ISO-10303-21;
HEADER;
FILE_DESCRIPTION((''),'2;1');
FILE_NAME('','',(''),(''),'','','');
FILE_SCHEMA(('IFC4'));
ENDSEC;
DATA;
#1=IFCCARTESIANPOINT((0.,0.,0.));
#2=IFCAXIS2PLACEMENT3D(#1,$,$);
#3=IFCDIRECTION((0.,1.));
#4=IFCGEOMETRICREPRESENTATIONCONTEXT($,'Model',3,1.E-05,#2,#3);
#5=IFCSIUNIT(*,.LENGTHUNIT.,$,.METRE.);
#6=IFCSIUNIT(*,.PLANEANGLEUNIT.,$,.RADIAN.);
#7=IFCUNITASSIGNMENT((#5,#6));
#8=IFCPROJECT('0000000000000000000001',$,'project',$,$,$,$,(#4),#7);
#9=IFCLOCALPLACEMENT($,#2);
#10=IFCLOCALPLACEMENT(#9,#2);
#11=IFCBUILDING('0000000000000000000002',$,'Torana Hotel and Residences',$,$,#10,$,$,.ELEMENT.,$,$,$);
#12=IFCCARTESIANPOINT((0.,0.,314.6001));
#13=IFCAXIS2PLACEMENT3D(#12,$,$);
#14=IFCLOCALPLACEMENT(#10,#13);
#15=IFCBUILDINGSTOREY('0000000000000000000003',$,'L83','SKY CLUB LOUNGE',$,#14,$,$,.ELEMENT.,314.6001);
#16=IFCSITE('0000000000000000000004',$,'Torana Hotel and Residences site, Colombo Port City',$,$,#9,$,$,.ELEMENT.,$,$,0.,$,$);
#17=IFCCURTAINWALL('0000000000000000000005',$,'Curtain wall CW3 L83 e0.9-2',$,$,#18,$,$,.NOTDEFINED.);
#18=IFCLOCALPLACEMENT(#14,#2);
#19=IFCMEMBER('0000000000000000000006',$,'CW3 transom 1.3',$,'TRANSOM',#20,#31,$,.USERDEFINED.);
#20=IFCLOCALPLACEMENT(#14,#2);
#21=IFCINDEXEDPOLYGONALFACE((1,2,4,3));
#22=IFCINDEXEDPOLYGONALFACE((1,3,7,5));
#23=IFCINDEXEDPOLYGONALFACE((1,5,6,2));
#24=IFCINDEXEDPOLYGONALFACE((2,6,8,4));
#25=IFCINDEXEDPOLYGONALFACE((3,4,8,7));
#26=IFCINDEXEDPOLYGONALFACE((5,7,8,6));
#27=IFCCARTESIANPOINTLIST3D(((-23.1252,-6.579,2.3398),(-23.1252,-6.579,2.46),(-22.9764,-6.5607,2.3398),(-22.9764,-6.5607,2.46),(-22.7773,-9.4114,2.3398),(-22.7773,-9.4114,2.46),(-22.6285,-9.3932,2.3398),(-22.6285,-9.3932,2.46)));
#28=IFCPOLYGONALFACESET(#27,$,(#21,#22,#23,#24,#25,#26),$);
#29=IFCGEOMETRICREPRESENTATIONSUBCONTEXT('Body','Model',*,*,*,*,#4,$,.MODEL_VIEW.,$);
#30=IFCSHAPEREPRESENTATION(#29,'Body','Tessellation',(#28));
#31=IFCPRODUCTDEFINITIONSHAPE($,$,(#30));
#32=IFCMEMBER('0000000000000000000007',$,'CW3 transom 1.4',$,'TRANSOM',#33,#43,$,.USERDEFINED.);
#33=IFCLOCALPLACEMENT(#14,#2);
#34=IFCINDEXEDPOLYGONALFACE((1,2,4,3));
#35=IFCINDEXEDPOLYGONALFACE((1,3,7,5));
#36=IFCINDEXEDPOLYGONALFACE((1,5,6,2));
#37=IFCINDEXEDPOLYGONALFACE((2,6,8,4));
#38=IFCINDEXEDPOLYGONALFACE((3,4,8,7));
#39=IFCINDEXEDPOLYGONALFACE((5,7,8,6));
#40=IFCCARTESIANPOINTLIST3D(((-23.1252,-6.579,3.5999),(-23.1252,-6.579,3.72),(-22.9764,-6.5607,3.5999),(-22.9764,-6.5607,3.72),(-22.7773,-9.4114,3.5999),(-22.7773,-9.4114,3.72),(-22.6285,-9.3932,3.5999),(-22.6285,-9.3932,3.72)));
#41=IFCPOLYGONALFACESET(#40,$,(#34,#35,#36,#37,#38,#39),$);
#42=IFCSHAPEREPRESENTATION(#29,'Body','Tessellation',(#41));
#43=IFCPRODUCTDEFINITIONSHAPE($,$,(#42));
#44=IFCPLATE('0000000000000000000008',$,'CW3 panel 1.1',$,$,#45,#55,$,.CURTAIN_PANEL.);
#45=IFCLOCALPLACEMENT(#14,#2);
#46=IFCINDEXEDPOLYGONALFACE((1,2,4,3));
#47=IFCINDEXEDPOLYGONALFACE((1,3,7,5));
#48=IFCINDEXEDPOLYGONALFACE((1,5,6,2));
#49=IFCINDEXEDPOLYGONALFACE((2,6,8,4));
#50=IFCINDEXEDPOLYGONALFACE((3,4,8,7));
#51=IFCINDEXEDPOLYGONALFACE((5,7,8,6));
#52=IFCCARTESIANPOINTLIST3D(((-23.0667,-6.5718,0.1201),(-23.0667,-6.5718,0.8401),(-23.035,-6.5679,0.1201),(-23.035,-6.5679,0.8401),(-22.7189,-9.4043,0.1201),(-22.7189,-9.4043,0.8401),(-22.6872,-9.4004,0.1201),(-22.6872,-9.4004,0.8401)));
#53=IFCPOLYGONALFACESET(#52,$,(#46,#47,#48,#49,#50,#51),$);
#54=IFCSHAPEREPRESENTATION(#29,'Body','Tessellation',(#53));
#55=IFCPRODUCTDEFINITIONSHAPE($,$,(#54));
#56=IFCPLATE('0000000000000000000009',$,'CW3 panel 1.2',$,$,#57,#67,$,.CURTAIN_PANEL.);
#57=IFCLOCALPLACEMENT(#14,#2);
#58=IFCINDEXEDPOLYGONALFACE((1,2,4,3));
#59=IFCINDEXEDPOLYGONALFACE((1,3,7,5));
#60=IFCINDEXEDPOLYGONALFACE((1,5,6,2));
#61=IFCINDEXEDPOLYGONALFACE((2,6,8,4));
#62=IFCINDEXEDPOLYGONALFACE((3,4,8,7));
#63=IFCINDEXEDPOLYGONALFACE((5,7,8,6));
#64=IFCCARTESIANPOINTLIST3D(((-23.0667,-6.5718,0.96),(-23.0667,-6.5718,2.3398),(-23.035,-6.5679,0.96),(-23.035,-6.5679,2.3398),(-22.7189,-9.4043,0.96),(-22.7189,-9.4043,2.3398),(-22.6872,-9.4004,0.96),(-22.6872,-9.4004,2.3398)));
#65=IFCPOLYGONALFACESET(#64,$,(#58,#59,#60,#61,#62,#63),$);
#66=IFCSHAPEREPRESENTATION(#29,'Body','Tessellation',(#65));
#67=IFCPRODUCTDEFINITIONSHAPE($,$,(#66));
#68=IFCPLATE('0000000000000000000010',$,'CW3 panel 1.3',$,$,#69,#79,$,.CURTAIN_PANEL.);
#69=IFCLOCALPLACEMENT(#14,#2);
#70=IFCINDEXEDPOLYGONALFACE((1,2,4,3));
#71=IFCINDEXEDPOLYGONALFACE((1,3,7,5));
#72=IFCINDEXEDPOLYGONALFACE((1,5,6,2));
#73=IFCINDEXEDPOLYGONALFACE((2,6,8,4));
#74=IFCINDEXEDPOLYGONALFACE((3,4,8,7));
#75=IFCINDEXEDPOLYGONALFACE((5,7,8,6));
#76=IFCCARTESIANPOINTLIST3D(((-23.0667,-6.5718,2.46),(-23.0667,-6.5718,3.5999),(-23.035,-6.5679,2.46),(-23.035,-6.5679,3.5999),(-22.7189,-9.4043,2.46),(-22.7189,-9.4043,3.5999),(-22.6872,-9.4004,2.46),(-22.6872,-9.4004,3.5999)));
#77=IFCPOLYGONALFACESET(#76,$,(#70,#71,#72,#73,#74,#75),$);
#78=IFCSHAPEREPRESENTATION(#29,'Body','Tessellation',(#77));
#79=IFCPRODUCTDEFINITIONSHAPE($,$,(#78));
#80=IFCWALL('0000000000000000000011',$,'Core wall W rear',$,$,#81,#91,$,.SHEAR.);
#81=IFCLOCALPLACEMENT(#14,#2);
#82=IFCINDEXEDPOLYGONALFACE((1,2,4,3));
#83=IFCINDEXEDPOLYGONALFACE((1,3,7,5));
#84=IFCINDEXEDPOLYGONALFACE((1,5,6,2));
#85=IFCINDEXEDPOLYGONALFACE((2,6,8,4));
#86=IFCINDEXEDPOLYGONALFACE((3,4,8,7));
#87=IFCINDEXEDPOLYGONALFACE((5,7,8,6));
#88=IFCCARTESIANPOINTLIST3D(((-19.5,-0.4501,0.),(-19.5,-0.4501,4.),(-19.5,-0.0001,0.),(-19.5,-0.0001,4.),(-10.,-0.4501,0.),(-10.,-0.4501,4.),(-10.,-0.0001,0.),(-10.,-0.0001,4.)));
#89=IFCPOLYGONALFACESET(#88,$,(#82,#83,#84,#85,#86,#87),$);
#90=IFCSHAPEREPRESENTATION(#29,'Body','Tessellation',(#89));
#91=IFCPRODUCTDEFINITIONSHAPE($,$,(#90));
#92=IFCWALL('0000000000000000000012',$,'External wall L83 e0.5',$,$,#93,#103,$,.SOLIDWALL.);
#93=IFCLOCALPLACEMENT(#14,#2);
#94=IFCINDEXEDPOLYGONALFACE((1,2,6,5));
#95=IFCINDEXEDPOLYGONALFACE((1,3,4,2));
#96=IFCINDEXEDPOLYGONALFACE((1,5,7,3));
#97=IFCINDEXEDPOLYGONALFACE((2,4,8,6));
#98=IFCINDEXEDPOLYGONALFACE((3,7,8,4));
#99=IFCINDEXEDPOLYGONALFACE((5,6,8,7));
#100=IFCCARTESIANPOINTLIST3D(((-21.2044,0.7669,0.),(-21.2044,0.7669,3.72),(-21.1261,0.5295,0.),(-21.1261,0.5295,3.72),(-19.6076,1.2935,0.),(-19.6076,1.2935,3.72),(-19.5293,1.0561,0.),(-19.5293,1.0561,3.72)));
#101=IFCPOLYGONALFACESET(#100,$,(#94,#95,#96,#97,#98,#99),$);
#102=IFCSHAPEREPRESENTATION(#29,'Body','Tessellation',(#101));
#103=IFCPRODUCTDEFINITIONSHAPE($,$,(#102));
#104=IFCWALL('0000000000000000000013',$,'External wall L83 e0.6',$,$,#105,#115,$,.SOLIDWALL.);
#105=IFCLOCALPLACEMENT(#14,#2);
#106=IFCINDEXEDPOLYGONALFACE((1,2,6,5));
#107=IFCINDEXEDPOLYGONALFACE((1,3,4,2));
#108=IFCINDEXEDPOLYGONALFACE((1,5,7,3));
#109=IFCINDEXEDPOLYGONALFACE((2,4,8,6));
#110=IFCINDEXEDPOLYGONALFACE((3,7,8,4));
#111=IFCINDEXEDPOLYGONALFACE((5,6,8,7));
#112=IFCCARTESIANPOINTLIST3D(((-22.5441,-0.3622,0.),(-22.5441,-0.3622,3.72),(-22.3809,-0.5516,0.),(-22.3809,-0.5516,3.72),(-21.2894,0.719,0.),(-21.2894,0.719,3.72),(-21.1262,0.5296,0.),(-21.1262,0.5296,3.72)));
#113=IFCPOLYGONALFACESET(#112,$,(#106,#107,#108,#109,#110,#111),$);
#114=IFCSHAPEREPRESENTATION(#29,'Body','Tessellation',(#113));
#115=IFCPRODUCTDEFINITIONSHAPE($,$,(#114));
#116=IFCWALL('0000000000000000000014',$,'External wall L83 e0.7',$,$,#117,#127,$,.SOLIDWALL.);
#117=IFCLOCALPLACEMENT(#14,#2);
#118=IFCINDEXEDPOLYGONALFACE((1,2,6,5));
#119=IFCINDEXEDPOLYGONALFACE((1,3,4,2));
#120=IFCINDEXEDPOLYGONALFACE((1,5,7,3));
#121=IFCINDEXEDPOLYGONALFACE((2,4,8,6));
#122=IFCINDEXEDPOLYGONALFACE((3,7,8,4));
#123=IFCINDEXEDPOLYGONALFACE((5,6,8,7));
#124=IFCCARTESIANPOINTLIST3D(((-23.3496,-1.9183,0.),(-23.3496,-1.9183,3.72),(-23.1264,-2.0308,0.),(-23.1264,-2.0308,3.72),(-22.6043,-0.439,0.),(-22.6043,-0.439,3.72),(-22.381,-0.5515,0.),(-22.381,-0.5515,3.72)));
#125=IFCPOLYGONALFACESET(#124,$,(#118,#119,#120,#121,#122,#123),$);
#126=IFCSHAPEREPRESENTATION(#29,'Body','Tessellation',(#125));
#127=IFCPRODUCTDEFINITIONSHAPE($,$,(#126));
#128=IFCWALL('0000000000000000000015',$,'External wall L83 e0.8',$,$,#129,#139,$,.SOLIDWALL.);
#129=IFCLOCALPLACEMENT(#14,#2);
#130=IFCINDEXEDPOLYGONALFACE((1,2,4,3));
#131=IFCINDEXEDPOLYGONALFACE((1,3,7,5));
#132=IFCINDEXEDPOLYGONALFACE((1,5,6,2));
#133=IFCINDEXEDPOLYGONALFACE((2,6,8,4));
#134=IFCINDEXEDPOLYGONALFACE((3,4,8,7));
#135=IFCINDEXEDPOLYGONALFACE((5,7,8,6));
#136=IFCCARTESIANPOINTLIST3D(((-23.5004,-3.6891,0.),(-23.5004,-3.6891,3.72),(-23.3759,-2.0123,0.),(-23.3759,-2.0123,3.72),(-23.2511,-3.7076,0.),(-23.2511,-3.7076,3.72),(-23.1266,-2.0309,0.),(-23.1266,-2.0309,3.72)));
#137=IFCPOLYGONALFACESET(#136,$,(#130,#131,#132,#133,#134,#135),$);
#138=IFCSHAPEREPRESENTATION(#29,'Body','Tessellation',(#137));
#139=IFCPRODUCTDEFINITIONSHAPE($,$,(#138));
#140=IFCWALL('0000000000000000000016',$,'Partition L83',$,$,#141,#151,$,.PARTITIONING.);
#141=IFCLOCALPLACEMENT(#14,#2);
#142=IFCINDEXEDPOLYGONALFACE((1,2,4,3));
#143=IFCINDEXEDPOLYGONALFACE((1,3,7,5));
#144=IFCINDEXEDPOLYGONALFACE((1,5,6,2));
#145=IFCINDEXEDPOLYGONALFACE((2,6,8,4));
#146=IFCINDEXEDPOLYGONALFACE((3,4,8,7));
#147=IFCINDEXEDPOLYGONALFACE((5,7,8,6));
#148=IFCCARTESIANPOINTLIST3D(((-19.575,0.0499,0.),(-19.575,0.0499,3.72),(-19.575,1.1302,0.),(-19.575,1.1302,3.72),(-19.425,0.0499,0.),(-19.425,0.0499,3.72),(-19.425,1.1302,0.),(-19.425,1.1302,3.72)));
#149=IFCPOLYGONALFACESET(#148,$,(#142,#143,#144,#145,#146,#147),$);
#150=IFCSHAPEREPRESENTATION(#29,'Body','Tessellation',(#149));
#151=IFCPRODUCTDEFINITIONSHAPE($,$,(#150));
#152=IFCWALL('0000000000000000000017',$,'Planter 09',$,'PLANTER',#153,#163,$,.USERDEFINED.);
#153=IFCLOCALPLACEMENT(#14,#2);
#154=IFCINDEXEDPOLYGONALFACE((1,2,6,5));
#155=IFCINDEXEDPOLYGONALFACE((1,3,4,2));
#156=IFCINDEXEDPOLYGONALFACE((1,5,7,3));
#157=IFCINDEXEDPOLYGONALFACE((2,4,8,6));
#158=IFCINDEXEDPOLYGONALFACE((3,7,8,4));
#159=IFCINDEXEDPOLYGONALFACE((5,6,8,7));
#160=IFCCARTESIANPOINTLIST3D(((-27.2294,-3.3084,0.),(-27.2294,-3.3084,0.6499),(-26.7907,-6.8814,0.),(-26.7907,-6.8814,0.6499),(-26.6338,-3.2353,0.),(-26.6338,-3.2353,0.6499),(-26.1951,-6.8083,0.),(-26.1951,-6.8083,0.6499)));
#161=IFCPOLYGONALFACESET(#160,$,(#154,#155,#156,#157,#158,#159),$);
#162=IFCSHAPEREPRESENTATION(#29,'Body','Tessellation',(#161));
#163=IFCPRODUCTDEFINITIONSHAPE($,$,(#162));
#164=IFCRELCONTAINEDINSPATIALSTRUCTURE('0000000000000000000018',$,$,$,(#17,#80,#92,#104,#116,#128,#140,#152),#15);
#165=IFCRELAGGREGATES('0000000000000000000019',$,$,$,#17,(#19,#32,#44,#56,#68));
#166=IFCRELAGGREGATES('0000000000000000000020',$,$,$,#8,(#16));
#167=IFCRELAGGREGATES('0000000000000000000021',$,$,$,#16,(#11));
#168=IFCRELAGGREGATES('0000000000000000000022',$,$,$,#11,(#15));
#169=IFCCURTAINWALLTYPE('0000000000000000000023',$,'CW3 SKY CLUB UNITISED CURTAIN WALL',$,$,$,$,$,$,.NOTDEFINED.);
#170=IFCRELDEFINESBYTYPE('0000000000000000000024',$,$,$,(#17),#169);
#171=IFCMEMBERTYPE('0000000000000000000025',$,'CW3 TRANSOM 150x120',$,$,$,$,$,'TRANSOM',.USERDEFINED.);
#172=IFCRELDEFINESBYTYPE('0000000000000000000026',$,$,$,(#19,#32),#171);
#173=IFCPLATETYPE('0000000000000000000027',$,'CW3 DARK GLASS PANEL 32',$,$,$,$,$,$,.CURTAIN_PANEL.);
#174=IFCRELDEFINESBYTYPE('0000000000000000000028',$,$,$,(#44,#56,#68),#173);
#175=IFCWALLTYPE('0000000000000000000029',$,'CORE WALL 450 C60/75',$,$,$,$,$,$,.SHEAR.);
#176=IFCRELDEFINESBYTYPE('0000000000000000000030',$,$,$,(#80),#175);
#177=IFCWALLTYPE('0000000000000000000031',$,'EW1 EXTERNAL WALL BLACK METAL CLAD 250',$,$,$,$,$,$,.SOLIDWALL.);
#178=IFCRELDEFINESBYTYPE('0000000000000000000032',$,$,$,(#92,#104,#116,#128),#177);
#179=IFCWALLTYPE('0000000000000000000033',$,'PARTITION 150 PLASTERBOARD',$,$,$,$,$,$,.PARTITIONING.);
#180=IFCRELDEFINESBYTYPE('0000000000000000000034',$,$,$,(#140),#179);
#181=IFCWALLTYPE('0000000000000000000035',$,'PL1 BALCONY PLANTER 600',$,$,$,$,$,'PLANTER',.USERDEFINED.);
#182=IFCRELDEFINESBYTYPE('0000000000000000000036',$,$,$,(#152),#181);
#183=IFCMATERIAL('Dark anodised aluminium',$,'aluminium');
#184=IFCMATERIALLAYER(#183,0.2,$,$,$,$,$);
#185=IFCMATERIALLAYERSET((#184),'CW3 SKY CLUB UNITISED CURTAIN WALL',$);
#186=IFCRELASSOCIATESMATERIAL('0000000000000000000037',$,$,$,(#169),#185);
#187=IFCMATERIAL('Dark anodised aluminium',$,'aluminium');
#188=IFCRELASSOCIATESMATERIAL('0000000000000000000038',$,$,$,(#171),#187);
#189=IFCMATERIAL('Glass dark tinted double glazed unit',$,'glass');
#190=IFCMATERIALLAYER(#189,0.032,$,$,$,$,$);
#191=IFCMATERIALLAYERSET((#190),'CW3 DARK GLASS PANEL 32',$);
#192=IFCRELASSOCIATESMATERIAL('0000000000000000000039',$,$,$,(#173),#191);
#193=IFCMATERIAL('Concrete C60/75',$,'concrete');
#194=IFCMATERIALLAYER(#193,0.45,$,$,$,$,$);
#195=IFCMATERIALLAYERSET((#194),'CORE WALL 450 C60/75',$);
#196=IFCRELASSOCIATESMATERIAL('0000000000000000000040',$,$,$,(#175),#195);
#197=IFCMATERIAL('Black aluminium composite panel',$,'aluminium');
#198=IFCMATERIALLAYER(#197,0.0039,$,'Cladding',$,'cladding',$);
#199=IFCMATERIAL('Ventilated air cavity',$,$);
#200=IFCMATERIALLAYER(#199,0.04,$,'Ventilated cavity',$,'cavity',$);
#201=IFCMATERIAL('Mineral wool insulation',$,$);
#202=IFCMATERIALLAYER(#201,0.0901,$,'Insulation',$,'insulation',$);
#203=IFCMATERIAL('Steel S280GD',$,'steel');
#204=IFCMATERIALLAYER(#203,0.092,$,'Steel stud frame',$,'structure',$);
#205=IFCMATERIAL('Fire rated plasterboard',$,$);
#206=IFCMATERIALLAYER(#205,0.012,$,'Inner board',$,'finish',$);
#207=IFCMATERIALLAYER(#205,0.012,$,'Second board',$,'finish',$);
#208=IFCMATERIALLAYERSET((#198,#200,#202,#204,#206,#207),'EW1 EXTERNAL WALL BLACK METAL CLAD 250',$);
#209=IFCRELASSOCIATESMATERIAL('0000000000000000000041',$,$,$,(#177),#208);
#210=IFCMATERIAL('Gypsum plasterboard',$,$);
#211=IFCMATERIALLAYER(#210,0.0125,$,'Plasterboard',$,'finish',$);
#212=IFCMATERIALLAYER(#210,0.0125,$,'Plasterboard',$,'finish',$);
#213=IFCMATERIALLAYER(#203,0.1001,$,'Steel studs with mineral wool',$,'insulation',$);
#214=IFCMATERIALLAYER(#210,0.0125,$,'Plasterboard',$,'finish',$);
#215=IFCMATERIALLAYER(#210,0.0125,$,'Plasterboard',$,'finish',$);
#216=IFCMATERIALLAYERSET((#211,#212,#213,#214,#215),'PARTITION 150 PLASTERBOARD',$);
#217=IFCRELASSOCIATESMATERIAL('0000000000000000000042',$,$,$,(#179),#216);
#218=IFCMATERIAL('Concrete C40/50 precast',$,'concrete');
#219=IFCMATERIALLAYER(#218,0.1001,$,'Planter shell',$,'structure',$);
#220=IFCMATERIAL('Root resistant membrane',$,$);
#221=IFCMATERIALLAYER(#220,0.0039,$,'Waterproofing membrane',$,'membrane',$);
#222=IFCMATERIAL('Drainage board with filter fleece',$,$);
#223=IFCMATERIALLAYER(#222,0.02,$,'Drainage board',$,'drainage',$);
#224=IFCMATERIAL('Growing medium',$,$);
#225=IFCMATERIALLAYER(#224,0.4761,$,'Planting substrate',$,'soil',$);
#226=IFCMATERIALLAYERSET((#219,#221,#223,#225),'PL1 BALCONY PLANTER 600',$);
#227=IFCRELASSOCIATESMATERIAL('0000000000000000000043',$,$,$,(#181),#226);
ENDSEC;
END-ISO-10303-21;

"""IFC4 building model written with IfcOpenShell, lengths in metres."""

from ifc_helpers import new_model, si_unit, direction, frame, frame_2d, origin, origin_2d, place, context, subcontext, project, spatial, rectangle, extrude, material, layer, layer_set, material_profile, profile_set, type_object, element, aggregate, save


model = new_model("IFC4")

# Units and contexts
model_context = context("Model", 3, precision=1e-05, world=origin(), true_north=direction((0.0, 1.0)))
body_context = subcontext(model_context, "Body", "Model", "MODEL_VIEW")
ifc_project = project(units=[si_unit("LENGTHUNIT", "METRE"), si_unit("PLANEANGLEUNIT", "RADIAN")], contexts=[model_context])

# Site, building, storey
site_placement = place(None, origin())
site = spatial("IfcSite", under=ifc_project, at=site_placement, Name="Torana Hotel and Residences site, Colombo Port City", CompositionType="ELEMENT", RefElevation=0.0)
building_placement = place(site_placement, origin())
building = spatial("IfcBuilding", under=site, at=building_placement, Name="Torana Hotel and Residences", CompositionType="ELEMENT")
storey_placement = place(building_placement, frame((0.0, 0.0, 314.6001)))
storey = spatial("IfcBuildingStorey", under=building, at=storey_placement, Name="L83", Description="SKY CLUB LOUNGE", CompositionType="ELEMENT", Elevation=314.6001)

# Curtain wall, members, plates
ifc_material_1 = material(Name="Dark anodised aluminium", Category="aluminium")
ifc_layer_1 = layer(ifc_material_1, 0.2)
ifc_layer_set_1 = layer_set([ifc_layer_1], Name="CW3 SKY CLUB UNITISED CURTAIN WALL")
curtain_wall_type = type_object("IfcCurtainWallType", Name="CW3 SKY CLUB UNITISED CURTAIN WALL", PredefinedType="NOTDEFINED", material=ifc_layer_set_1)
curtain_wall_placement = place(storey_placement, origin())
curtain_wall = element("IfcCurtainWall", 1, at=curtain_wall_placement, inside=storey, type_object=curtain_wall_type, Name="Curtain wall CW3 L83 e0.9-2", PredefinedType="NOTDEFINED")
ifc_material_2 = material(Name="Dark anodised aluminium", Category="aluminium")
ifc_material_profile_1 = material_profile(ifc_material_2, rectangle(XDim=0.1499, YDim=0.1201, at=origin_2d()), Name="CW3 TRANSOM 150x120")
ifc_profile_set_1 = profile_set([ifc_material_profile_1], Name="Dark anodised aluminium")
member_type_1 = type_object("IfcMemberType", Name="CW3 TRANSOM 150x120", ElementType="TRANSOM", PredefinedType="USERDEFINED", material=ifc_profile_set_1)
member_1_placement = place(storey_placement, frame((-23.0508, -6.5698, 2.3999), z_axis=(0.121908, -0.992541, 0.0), x_axis=(0.992541, 0.121908, 0.0)))
member_1 = element("IfcMember", 2, at=member_1_placement, type_object=member_type_1, Name="CW3 transom 1.3", ObjectType="TRANSOM", PredefinedType="USERDEFINED", context=body_context, shape_type="SweptSolid", body=[
    extrude(rectangle(XDim=0.1499, YDim=0.1201, at=origin_2d()), origin(), (0.0, 0.0, 1.0), 2.8538),
])
member_2_placement = place(storey_placement, frame((-23.0508, -6.5698, 3.6599), z_axis=(0.121908, -0.992541, 0.0), x_axis=(0.992541, 0.121908, 0.0)))
member_2 = element("IfcMember", 3, at=member_2_placement, type_object=member_type_1, Name="CW3 transom 1.4", ObjectType="TRANSOM", PredefinedType="USERDEFINED", context=body_context, shape_type="SweptSolid", body=[
    extrude(rectangle(XDim=0.1499, YDim=0.1201, at=origin_2d()), origin(), (0.0, 0.0, 1.0), 2.8538),
])
ifc_material_3 = material(Name="Glass dark tinted double glazed unit", Category="glass")
ifc_layer_2 = layer(ifc_material_3, 0.032)
ifc_layer_set_2 = layer_set([ifc_layer_2], Name="CW3 DARK GLASS PANEL 32")
plate_type = type_object("IfcPlateType", Name="CW3 DARK GLASS PANEL 32", PredefinedType="CURTAIN_PANEL", material=ifc_layer_set_2)
plate_1_placement = place(storey_placement, frame((-22.877, -7.9861, 0.1201), z_axis=(0.0, 0.0, 1.0), x_axis=(0.121876, -0.992545, 0.0)))
plate_1 = element("IfcPlate", 4, at=plate_1_placement, type_object=plate_type, Name="CW3 panel 1.1", PredefinedType="CURTAIN_PANEL", context=body_context, shape_type="SweptSolid", body=[
    extrude(rectangle(XDim=2.8538, YDim=0.032, at=origin_2d()), origin(), (0.0, 0.0, 1.0), 0.72),
])
plate_2_placement = place(storey_placement, frame((-22.877, -7.9861, 0.96), z_axis=(0.0, 0.0, 1.0), x_axis=(0.121876, -0.992545, 0.0)))
plate_2 = element("IfcPlate", 5, at=plate_2_placement, type_object=plate_type, Name="CW3 panel 1.2", PredefinedType="CURTAIN_PANEL", context=body_context, shape_type="SweptSolid", body=[
    extrude(rectangle(XDim=2.8538, YDim=0.032, at=origin_2d()), origin(), (0.0, 0.0, 1.0), 1.3799),
])
plate_3_placement = place(storey_placement, frame((-22.877, -7.9861, 2.46), z_axis=(0.0, 0.0, 1.0), x_axis=(0.121876, -0.992545, 0.0)))
plate_3 = element("IfcPlate", 6, at=plate_3_placement, type_object=plate_type, Name="CW3 panel 1.3", PredefinedType="CURTAIN_PANEL", context=body_context, shape_type="SweptSolid", body=[
    extrude(rectangle(XDim=2.8538, YDim=0.032, at=origin_2d()), origin(), (0.0, 0.0, 1.0), 1.1399),
])
aggregate(curtain_wall, [member_1, member_2, plate_1, plate_2, plate_3])

# Walls
ifc_material_4 = material(Name="Concrete C60/75", Category="concrete")
ifc_layer_3 = layer(ifc_material_4, 0.45)
ifc_layer_set_3 = layer_set([ifc_layer_3], Name="CORE WALL 450 C60/75")
wall_type_1 = type_object("IfcWallType", Name="CORE WALL 450 C60/75", PredefinedType="SHEAR", material=ifc_layer_set_3)
wall_1_placement = place(storey_placement, frame((-19.5, -0.2251, 0.0), z_axis=(0.0, 0.0, 1.0), x_axis=(1.0, 0.0, 0.0)))
element("IfcWall", 7, at=wall_1_placement, inside=storey, type_object=wall_type_1, Name="Core wall W rear", PredefinedType="SHEAR", context=body_context, shape_type="SweptSolid", body=[
    extrude(rectangle(XDim=9.5, YDim=0.45, at=frame_2d((4.75, 0.0))), origin(), (0.0, 0.0, 1.0), 4.0),
])
ifc_material_5 = material(Name="Black aluminium composite panel", Category="aluminium")
ifc_layer_4 = layer(ifc_material_5, 0.0039, Name="Cladding", Category="cladding")
ifc_material_6 = material(Name="Ventilated air cavity")
ifc_layer_5 = layer(ifc_material_6, 0.04, Name="Ventilated cavity", Category="cavity")
ifc_material_7 = material(Name="Mineral wool insulation")
ifc_layer_6 = layer(ifc_material_7, 0.0901, Name="Insulation", Category="insulation")
ifc_material_8 = material(Name="Steel S280GD", Category="steel")
ifc_layer_7 = layer(ifc_material_8, 0.092, Name="Steel stud frame", Category="structure")
ifc_material_9 = material(Name="Fire rated plasterboard")
ifc_layer_8 = layer(ifc_material_9, 0.012, Name="Inner board", Category="finish")
ifc_layer_9 = layer(ifc_material_9, 0.012, Name="Second board", Category="finish")
ifc_layer_set_4 = layer_set([ifc_layer_4, ifc_layer_5, ifc_layer_6, ifc_layer_7, ifc_layer_8, ifc_layer_9], Name="EW1 EXTERNAL WALL BLACK METAL CLAD 250")
wall_type_2 = type_object("IfcWallType", Name="EW1 EXTERNAL WALL BLACK METAL CLAD 250", PredefinedType="SOLIDWALL", material=ifc_layer_set_4)
wall_2_placement = place(storey_placement, frame((-19.5684, 1.1748, 0.0), z_axis=(0.0, 0.0, 1.0), x_axis=(-0.949695, -0.313177, 0.0)))
element("IfcWall", 8, at=wall_2_placement, inside=storey, type_object=wall_type_2, Name="External wall L83 e0.5", PredefinedType="SOLIDWALL", context=body_context, shape_type="SweptSolid", body=[
    extrude(rectangle(XDim=1.6814, YDim=0.25, at=frame_2d((0.8408, 0.0))), origin(), (0.0, 0.0, 1.0), 3.72),
])
wall_3_placement = place(storey_placement, frame((-21.2078, 0.6243, 0.0), z_axis=(0.0, 0.0, 1.0), x_axis=(-0.757568, -0.652756, 0.0)))
element("IfcWall", 9, at=wall_3_placement, inside=storey, type_object=wall_type_2, Name="External wall L83 e0.6", PredefinedType="SOLIDWALL", context=body_context, shape_type="SweptSolid", body=[
    extrude(rectangle(XDim=1.6562, YDim=0.25, at=frame_2d((0.8281, 0.0))), origin(), (0.0, 0.0, 1.0), 3.72),
])
wall_4_placement = place(storey_placement, frame((-22.4927, -0.4954, 0.0), z_axis=(0.0, 0.0, 1.0), x_axis=(-0.449982, -0.893037, 0.0)))
element("IfcWall", 10, at=wall_4_placement, inside=storey, type_object=wall_type_2, Name="External wall L83 e0.7", PredefinedType="SOLIDWALL", context=body_context, shape_type="SweptSolid", body=[
    extrude(rectangle(XDim=1.6565, YDim=0.25, at=frame_2d((0.8281, 0.0))), origin(), (0.0, 0.0, 1.0), 3.72),
])
wall_5_placement = place(storey_placement, frame((-23.2512, -2.0215, 0.0), z_axis=(0.0, 0.0, 1.0), x_axis=(-0.074054, -0.997254, 0.0)))
element("IfcWall", 11, at=wall_5_placement, inside=storey, type_object=wall_type_2, Name="External wall L83 e0.8", PredefinedType="SOLIDWALL", context=body_context, shape_type="SweptSolid", body=[
    extrude(rectangle(XDim=1.6814, YDim=0.25, at=frame_2d((0.8408, 0.0))), origin(), (0.0, 0.0, 1.0), 3.72),
])

# Walls
ifc_material_10 = material(Name="Gypsum plasterboard")
ifc_layer_10 = layer(ifc_material_10, 0.0125, Name="Plasterboard", Category="finish")
ifc_layer_11 = layer(ifc_material_10, 0.0125, Name="Plasterboard", Category="finish")
ifc_layer_12 = layer(ifc_material_8, 0.1001, Name="Steel studs with mineral wool", Category="insulation")
ifc_layer_13 = layer(ifc_material_10, 0.0125, Name="Plasterboard", Category="finish")
ifc_layer_14 = layer(ifc_material_10, 0.0125, Name="Plasterboard", Category="finish")
ifc_layer_set_5 = layer_set([ifc_layer_10, ifc_layer_11, ifc_layer_12, ifc_layer_13, ifc_layer_14], Name="PARTITION 150 PLASTERBOARD")
wall_type_3 = type_object("IfcWallType", Name="PARTITION 150 PLASTERBOARD", PredefinedType="PARTITIONING", material=ifc_layer_set_5)
wall_6_placement = place(storey_placement, frame((-19.5, 0.05, 0.0), z_axis=(0.0, 0.0, 1.0), x_axis=(0.0, 1.0, 0.0)))
element("IfcWall", 12, at=wall_6_placement, inside=storey, type_object=wall_type_3, Name="Partition L83", PredefinedType="PARTITIONING", context=body_context, shape_type="SweptSolid", body=[
    extrude(rectangle(XDim=1.0803, YDim=0.1499, at=frame_2d((0.54, 0.0))), origin(), (0.0, 0.0, 1.0), 3.72),
])
ifc_material_11 = material(Name="Concrete C40/50 precast", Category="concrete")
ifc_layer_15 = layer(ifc_material_11, 0.1001, Name="Planter shell", Category="structure")
ifc_material_12 = material(Name="Root resistant membrane")
ifc_layer_16 = layer(ifc_material_12, 0.0039, Name="Waterproofing membrane", Category="membrane")
ifc_material_13 = material(Name="Drainage board with filter fleece")
ifc_layer_17 = layer(ifc_material_13, 0.02, Name="Drainage board", Category="drainage")
ifc_material_14 = material(Name="Growing medium")
ifc_layer_18 = layer(ifc_material_14, 0.4761, Name="Planting substrate", Category="soil")
ifc_layer_set_6 = layer_set([ifc_layer_15, ifc_layer_16, ifc_layer_17, ifc_layer_18], Name="PL1 BALCONY PLANTER 600")
wall_type_4 = type_object("IfcWallType", Name="PL1 BALCONY PLANTER 600", ElementType="PLANTER", PredefinedType="USERDEFINED", material=ifc_layer_set_6)
wall_7_placement = place(storey_placement, frame((-26.4929, -6.8447, 0.0), z_axis=(0.0, 0.0, 1.0), x_axis=(-0.121873, 0.992546, 0.0)))
element("IfcWall", 13, at=wall_7_placement, inside=storey, type_object=wall_type_4, Name="Planter 09", ObjectType="PLANTER", PredefinedType="USERDEFINED", context=body_context, shape_type="SweptSolid", body=[
    extrude(rectangle(XDim=3.5999, YDim=0.6001, at=frame_2d((1.7998, 0.0))), origin(), (0.0, 0.0, 1.0), 0.6499),
])

save(model, "model.ifc")
